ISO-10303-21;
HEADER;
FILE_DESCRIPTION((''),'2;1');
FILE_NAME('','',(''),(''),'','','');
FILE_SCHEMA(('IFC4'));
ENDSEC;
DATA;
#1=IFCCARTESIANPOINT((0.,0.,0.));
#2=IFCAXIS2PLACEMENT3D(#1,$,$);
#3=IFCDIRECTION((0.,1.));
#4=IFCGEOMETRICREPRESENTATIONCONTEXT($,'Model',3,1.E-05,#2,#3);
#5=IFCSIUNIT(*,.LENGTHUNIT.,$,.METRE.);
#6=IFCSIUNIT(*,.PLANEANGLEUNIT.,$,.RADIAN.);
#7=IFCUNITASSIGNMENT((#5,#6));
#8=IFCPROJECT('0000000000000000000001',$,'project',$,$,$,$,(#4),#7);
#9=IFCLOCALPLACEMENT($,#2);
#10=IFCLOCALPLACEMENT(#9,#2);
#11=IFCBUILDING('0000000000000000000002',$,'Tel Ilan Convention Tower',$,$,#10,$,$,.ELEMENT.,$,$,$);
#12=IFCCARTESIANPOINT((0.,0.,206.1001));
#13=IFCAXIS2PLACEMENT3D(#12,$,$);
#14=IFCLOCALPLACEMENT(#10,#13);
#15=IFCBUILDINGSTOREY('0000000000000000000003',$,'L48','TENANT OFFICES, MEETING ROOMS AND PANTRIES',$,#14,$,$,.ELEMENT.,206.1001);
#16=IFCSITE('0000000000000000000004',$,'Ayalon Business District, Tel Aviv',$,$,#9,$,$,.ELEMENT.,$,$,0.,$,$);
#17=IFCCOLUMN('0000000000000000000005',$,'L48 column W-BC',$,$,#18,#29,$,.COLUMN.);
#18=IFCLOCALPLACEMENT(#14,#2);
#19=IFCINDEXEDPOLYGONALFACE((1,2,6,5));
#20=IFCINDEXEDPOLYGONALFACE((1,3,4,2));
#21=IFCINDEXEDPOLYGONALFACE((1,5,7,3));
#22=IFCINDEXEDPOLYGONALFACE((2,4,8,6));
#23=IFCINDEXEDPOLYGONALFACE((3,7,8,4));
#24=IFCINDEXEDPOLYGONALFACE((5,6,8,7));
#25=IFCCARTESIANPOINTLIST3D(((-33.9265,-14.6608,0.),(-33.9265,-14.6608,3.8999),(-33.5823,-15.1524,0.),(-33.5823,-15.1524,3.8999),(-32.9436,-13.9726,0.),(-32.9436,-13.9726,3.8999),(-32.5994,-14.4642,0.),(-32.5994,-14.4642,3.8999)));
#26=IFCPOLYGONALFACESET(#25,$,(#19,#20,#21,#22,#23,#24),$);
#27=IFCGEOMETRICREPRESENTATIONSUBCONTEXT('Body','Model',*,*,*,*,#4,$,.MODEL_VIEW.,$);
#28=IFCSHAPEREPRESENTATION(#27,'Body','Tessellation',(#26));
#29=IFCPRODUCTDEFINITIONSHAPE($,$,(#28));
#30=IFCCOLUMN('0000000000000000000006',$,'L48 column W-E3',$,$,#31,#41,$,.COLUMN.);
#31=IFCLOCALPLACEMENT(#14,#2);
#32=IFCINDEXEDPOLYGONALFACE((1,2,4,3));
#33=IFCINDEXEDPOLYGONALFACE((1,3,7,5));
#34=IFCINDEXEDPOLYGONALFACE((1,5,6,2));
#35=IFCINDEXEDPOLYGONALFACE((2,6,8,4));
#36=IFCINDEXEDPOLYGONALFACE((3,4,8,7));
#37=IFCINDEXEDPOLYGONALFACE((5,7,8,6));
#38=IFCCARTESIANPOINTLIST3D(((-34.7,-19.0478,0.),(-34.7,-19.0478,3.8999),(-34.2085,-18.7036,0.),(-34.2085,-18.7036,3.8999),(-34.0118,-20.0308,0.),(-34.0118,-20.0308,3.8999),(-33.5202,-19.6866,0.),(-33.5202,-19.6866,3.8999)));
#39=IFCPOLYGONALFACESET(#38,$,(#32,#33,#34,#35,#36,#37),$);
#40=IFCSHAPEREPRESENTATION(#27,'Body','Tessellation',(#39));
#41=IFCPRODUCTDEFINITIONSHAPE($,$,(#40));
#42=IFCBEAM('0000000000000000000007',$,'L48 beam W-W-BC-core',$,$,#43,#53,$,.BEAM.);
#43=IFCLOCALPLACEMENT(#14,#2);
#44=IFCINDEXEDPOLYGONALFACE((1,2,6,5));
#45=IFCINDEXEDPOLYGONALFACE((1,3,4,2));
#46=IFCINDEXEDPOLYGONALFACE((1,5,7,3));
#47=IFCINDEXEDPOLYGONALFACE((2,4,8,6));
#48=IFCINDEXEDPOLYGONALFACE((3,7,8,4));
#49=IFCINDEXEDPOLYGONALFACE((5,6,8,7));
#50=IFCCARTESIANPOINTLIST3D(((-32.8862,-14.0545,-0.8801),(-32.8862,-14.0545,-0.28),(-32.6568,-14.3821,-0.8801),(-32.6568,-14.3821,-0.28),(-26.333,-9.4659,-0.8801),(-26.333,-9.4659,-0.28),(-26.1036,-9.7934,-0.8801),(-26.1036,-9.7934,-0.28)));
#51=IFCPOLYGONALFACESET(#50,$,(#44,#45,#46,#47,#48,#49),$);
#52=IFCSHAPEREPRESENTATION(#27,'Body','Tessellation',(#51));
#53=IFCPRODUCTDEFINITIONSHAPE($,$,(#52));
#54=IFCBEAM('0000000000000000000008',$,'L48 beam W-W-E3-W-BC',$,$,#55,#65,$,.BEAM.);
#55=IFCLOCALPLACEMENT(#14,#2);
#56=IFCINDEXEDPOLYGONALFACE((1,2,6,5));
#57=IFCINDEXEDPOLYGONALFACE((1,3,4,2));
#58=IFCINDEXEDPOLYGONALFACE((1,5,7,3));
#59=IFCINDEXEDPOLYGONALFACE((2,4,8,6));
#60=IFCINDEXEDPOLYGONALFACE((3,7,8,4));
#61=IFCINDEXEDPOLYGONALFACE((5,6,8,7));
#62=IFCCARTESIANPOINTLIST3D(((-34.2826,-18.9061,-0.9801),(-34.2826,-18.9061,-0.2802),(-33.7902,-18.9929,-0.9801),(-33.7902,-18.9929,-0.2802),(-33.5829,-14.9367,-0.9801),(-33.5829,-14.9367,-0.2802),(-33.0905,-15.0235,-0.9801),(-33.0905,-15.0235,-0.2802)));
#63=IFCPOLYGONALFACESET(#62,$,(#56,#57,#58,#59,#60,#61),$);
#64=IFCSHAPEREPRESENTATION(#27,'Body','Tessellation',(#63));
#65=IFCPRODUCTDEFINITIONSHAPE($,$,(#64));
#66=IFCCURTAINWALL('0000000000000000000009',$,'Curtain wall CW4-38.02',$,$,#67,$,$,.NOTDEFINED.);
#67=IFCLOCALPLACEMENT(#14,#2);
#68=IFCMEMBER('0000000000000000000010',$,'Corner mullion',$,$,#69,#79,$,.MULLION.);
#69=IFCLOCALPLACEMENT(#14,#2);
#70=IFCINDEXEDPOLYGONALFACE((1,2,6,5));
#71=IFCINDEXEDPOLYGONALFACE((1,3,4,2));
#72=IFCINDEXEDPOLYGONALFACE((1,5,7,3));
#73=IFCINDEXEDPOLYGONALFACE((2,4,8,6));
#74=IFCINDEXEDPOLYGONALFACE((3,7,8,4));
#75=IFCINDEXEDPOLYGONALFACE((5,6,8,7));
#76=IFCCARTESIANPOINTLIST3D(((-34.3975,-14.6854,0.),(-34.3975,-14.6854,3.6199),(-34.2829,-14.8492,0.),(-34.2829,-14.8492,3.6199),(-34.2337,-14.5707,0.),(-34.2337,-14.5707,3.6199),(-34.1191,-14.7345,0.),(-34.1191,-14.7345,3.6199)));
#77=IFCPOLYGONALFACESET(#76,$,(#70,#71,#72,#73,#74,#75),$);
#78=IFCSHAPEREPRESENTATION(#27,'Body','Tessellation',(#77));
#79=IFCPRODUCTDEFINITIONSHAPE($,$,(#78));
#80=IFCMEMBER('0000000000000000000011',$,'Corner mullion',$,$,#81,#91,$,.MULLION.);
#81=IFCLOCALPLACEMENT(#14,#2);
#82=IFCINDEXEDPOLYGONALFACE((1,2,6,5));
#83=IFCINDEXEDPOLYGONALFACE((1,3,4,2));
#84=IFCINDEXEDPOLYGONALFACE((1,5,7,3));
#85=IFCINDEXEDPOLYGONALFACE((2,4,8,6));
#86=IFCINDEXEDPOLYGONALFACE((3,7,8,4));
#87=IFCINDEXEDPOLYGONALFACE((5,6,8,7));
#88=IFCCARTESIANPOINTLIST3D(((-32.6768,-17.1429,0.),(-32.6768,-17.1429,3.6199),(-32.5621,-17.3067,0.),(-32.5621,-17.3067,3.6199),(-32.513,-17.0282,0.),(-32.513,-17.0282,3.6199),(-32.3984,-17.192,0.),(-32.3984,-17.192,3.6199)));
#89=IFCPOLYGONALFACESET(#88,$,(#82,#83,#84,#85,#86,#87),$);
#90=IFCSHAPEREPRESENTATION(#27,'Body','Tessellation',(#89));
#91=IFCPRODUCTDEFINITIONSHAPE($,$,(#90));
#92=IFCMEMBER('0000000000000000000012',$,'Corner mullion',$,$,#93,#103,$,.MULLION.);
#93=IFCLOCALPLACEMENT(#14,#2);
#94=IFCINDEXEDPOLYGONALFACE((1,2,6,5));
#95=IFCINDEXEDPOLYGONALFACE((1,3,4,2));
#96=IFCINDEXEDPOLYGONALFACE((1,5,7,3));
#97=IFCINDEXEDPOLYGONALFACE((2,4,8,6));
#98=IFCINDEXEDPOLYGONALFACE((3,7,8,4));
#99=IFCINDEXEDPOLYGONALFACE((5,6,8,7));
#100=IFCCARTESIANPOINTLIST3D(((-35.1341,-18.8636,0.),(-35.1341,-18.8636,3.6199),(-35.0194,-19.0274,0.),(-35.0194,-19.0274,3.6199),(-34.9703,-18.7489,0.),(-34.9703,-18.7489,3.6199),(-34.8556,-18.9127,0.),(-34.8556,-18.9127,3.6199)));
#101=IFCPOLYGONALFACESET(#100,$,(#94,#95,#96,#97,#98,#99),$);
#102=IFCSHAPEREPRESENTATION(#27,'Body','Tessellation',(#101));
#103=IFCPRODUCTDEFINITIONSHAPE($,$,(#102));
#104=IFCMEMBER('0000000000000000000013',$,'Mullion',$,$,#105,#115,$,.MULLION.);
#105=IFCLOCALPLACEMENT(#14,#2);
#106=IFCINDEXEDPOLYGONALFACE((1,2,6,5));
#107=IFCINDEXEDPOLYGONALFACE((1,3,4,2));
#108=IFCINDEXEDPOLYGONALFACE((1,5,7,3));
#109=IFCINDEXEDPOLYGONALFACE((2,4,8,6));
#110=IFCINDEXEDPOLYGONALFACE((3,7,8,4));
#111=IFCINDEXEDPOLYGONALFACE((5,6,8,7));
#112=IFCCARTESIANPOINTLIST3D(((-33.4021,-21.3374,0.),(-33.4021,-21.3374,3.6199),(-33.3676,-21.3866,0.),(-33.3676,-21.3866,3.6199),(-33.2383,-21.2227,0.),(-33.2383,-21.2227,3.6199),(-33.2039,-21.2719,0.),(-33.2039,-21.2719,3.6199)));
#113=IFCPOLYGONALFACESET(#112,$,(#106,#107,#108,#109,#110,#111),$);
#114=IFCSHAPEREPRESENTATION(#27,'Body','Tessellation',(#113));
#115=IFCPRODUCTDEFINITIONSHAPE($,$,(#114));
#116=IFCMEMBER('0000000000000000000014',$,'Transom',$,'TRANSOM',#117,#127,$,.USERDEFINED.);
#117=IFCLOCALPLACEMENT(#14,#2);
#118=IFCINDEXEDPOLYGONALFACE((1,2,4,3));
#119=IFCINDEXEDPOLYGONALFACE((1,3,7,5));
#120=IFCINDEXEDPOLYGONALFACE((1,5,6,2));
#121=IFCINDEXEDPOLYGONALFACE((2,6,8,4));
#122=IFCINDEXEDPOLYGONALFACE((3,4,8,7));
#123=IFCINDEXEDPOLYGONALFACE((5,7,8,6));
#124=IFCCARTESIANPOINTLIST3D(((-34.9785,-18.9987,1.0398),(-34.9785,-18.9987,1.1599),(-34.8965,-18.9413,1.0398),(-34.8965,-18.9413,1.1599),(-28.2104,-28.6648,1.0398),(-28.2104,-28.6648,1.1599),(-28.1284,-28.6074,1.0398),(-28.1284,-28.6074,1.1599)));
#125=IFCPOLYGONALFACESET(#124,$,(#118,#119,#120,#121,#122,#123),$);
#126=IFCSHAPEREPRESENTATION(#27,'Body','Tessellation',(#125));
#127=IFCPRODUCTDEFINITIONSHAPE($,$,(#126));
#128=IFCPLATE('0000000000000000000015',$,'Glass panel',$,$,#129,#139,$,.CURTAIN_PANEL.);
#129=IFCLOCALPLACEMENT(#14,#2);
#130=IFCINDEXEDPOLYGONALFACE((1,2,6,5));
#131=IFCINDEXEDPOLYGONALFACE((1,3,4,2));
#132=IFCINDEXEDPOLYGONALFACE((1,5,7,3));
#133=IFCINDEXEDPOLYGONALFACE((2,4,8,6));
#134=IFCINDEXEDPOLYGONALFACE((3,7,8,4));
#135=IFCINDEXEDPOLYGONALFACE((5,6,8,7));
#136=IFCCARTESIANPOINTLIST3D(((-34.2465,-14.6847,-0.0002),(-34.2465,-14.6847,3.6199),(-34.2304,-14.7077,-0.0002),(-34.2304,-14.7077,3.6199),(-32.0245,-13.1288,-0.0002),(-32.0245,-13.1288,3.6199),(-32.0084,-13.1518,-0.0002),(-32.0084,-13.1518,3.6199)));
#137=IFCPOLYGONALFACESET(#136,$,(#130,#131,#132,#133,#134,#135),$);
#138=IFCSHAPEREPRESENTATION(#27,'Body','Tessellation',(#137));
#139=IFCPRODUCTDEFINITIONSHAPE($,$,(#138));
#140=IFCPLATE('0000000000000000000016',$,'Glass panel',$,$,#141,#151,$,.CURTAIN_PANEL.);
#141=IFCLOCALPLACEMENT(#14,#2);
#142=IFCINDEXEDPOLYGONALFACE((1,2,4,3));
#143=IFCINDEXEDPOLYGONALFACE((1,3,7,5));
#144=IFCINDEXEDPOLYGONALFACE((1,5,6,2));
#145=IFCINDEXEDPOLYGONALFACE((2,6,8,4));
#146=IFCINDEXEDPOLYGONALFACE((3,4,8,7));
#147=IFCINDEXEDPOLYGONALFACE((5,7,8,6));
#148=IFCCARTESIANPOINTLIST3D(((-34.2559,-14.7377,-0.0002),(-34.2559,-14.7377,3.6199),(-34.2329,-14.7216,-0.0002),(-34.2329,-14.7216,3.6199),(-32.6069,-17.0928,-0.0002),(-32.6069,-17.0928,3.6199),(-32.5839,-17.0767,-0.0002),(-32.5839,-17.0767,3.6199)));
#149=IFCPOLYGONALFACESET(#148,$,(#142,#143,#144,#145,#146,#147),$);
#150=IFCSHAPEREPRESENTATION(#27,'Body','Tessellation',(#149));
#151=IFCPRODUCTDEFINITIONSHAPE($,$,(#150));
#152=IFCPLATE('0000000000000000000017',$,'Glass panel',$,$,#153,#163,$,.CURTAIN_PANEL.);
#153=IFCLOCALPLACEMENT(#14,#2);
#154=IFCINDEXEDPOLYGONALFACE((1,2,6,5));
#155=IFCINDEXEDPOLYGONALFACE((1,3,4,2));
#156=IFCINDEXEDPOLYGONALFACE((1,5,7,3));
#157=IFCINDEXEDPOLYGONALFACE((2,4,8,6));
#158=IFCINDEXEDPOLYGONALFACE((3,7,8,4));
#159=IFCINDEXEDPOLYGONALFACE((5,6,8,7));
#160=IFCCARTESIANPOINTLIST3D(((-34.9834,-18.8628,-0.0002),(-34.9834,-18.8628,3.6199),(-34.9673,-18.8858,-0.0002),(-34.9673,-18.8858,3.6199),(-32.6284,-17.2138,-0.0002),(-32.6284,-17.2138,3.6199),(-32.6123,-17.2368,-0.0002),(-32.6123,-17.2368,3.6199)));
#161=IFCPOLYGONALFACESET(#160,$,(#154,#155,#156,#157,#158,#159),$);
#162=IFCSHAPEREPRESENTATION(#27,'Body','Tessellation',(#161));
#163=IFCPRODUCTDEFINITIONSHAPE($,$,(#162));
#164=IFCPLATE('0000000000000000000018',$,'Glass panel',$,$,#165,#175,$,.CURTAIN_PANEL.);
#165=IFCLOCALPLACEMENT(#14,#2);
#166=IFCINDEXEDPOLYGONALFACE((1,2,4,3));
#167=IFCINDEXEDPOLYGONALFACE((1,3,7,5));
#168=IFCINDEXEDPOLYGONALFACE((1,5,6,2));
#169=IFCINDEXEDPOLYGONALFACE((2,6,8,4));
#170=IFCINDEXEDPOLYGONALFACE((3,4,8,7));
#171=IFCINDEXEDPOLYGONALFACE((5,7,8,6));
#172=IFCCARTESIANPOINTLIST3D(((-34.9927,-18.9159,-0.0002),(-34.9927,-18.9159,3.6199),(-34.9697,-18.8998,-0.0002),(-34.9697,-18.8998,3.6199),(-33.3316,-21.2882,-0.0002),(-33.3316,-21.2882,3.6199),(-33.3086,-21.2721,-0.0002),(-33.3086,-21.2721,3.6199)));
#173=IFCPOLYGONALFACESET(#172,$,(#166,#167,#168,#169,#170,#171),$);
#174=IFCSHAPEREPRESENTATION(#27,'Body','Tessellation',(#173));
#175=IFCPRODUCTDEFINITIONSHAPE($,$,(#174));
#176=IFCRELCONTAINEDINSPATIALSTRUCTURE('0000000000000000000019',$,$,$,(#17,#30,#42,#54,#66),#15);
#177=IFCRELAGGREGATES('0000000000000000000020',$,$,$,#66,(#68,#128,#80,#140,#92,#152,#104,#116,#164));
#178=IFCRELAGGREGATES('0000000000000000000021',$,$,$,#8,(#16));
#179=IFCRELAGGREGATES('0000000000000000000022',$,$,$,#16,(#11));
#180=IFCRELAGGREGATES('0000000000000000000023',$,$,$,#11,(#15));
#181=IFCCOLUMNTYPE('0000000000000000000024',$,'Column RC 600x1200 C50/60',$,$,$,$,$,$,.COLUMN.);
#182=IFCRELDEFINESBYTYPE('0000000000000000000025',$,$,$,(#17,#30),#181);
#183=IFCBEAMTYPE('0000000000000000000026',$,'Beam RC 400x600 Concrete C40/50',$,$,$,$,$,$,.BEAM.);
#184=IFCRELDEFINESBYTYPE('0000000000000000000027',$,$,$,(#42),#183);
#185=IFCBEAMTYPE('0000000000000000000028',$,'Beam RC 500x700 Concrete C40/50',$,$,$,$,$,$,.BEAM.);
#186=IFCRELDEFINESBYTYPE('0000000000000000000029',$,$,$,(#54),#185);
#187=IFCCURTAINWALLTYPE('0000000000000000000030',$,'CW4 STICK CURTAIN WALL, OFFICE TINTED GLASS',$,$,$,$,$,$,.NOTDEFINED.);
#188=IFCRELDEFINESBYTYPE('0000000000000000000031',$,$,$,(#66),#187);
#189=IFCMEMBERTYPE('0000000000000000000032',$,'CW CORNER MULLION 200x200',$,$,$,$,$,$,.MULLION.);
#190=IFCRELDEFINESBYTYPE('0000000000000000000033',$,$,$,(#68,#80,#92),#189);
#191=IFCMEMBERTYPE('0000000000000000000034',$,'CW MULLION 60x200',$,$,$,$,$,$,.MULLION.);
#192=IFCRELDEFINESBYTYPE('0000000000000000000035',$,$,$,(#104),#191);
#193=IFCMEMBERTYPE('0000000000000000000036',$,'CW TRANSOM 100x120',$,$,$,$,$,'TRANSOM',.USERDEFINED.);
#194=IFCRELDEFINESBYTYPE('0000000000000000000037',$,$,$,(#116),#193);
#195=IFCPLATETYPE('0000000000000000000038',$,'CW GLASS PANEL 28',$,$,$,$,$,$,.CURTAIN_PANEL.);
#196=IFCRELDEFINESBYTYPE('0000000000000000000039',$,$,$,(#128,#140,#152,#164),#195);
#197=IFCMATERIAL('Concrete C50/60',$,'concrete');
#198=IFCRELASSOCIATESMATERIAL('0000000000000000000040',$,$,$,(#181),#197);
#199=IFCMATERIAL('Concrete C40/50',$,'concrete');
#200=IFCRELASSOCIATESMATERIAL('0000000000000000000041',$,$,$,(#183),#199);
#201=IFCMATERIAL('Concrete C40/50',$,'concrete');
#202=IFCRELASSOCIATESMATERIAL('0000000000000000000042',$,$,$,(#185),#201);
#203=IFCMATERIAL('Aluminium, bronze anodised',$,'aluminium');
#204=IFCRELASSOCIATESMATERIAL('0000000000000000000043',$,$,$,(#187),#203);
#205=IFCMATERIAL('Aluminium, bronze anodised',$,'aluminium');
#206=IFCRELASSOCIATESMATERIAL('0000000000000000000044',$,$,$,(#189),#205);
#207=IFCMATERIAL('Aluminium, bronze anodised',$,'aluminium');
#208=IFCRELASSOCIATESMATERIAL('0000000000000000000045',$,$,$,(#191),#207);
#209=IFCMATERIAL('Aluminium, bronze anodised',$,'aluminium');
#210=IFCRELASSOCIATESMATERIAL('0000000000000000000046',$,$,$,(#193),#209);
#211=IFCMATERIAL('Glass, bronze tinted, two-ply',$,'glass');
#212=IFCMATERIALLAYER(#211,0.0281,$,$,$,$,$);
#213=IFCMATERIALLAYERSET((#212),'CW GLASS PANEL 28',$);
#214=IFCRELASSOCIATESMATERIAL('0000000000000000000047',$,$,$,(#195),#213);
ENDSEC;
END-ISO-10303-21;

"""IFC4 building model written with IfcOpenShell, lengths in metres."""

from ifc_helpers import new_model, si_unit, direction, frame, origin, origin_2d, place, context, subcontext, project, spatial, rectangle, extrude, material, layer, layer_set, material_profile, profile_set, type_object, element, aggregate, save


model = new_model("IFC4")

# Units and contexts
model_context = context("Model", 3, precision=1e-05, world=origin(), true_north=direction((0.0, 1.0)))
body_context = subcontext(model_context, "Body", "Model", "MODEL_VIEW")
ifc_project = project(units=[si_unit("LENGTHUNIT", "METRE"), si_unit("PLANEANGLEUNIT", "RADIAN")], contexts=[model_context])

# Site, building, storey
site_placement = place(None, origin())
site = spatial("IfcSite", under=ifc_project, at=site_placement, Name="Ayalon Business District, Tel Aviv", CompositionType="ELEMENT", RefElevation=0.0)
building_placement = place(site_placement, origin())
building = spatial("IfcBuilding", under=site, at=building_placement, Name="Tel Ilan Convention Tower", CompositionType="ELEMENT")
storey_placement = place(building_placement, frame((0.0, 0.0, 206.1001)))
storey = spatial("IfcBuildingStorey", under=building, at=storey_placement, Name="L48", Description="TENANT OFFICES, MEETING ROOMS AND PANTRIES", CompositionType="ELEMENT", Elevation=206.1001)

# Columns
ifc_material_1 = material(Name="Concrete C50/60", Category="concrete")
ifc_material_profile_1 = material_profile(ifc_material_1, rectangle(XDim=1.2, YDim=0.6001, at=origin_2d()), Name="RC 600x1200")
ifc_profile_set_1 = profile_set([ifc_material_profile_1], Name="Concrete C50/60")
column_type = type_object("IfcColumnType", Name="Column RC 600x1200 C50/60", PredefinedType="COLUMN", material=ifc_profile_set_1)
for number, where, z_axis, x_axis, name in (
    (1, (-33.2629, -14.5625, 0.0), (0.0, 0.0, 1.0), (-0.819152, -0.573576, 0.0), "L48 column W-BC"),
    (2, (-34.1101, -19.3672, 0.0), (0.0, 0.0, 1.0), (-0.573576, 0.819152, 0.0), "L48 column W-E3"),
):
    element("IfcColumn", number, at=place(storey_placement, frame(where, z_axis=z_axis, x_axis=x_axis)), inside=storey, type_object=column_type, Name=name, PredefinedType="COLUMN", context=body_context, shape_type="SweptSolid", body=[
        extrude(rectangle(XDim=1.2, YDim=0.6001, at=origin_2d()), origin(), (0.0, 0.0, 1.0), 3.8999),
    ])

# Beams
ifc_material_2 = material(Name="Concrete C40/50", Category="concrete")
ifc_material_profile_2 = material_profile(ifc_material_2, rectangle(XDim=0.3999, YDim=0.6001, at=origin_2d()), Name="RC 400x600")
ifc_profile_set_2 = profile_set([ifc_material_profile_2], Name="Concrete C40/50")
beam_type_1 = type_object("IfcBeamType", Name="Beam RC 400x600 Concrete C40/50", PredefinedType="BEAM", material=ifc_profile_set_2)
beam_1_placement = place(storey_placement, frame((-32.7715, -14.2183, -0.5801), z_axis=(0.819152, 0.573577, 0.0), x_axis=(-0.573577, 0.819152, 0.0)))
element("IfcBeam", 3, at=beam_1_placement, inside=storey, type_object=beam_type_1, Name="L48 beam W-W-BC-core", PredefinedType="BEAM", context=body_context, shape_type="SweptSolid", body=[
    extrude(rectangle(XDim=0.3999, YDim=0.6001, at=origin_2d()), origin(), (0.0, 0.0, 1.0), 8.0),
])
ifc_material_3 = material(Name="Concrete C40/50", Category="concrete")
ifc_material_profile_3 = material_profile(ifc_material_3, rectangle(XDim=0.5, YDim=0.7, at=origin_2d()), Name="RC 500x700")
ifc_profile_set_3 = profile_set([ifc_material_profile_3], Name="Concrete C40/50")
beam_type_2 = type_object("IfcBeamType", Name="Beam RC 500x700 Concrete C40/50", PredefinedType="BEAM", material=ifc_profile_set_3)
beam_2_placement = place(storey_placement, frame((-34.0364, -18.9495, -0.6301), z_axis=(0.173606, 0.984815, 0.0), x_axis=(-0.984815, 0.173606, 0.0)))
element("IfcBeam", 4, at=beam_2_placement, inside=storey, type_object=beam_type_2, Name="L48 beam W-W-E3-W-BC", PredefinedType="BEAM", context=body_context, shape_type="SweptSolid", body=[
    extrude(rectangle(XDim=0.5, YDim=0.7, at=origin_2d()), origin(), (0.0, 0.0, 1.0), 4.0305),
])

# Curtain wall, members, plates
ifc_material_4 = material(Name="Aluminium, bronze anodised", Category="aluminium")
curtain_wall_type = type_object("IfcCurtainWallType", Name="CW4 STICK CURTAIN WALL, OFFICE TINTED GLASS", PredefinedType="NOTDEFINED", material=ifc_material_4)
curtain_wall_placement = place(storey_placement, origin())
curtain_wall = element("IfcCurtainWall", 5, at=curtain_wall_placement, inside=storey, type_object=curtain_wall_type, Name="Curtain wall CW4-38.02", PredefinedType="NOTDEFINED")
ifc_material_5 = material(Name="Aluminium, bronze anodised", Category="aluminium")
ifc_material_profile_4 = material_profile(ifc_material_5, rectangle(XDim=0.2, YDim=0.2, at=origin_2d()), Name="CW CORNER MULLION 200x200")
ifc_profile_set_4 = profile_set([ifc_material_profile_4], Name="Aluminium, bronze anodised")
member_type_1 = type_object("IfcMemberType", Name="CW CORNER MULLION 200x200", PredefinedType="MULLION", material=ifc_profile_set_4)
member_1_placement = place(storey_placement, frame((-34.2583, -14.71, 0.0), z_axis=(0.0, 0.0, 1.0), x_axis=(-0.819152, -0.573576, 0.0)))
member_1 = element("IfcMember", 6, at=member_1_placement, type_object=member_type_1, Name="Corner mullion", PredefinedType="MULLION", context=body_context, shape_type="SweptSolid", body=[
    extrude(rectangle(XDim=0.2, YDim=0.2, at=origin_2d()), origin(), (0.0, 0.0, 1.0), 3.6199),
])
member_2_placement = place(storey_placement, frame((-32.5376, -17.1675, 0.0), z_axis=(0.0, 0.0, 1.0), x_axis=(0.573576, -0.819152, 0.0)))
member_2 = element("IfcMember", 7, at=member_2_placement, type_object=member_type_1, Name="Corner mullion", PredefinedType="MULLION", context=body_context, shape_type="SweptSolid", body=[
    extrude(rectangle(XDim=0.2, YDim=0.2, at=origin_2d()), origin(), (0.0, 0.0, 1.0), 3.6199),
])
member_3_placement = place(storey_placement, frame((-34.9949, -18.8882, 0.0), z_axis=(0.0, 0.0, 1.0), x_axis=(-0.819152, -0.573576, 0.0)))
member_3 = element("IfcMember", 8, at=member_3_placement, type_object=member_type_1, Name="Corner mullion", PredefinedType="MULLION", context=body_context, shape_type="SweptSolid", body=[
    extrude(rectangle(XDim=0.2, YDim=0.2, at=origin_2d()), origin(), (0.0, 0.0, 1.0), 3.6199),
])
ifc_material_6 = material(Name="Aluminium, bronze anodised", Category="aluminium")
ifc_material_profile_5 = material_profile(ifc_material_6, rectangle(XDim=0.0601, YDim=0.2, at=origin_2d()), Name="CW MULLION 60x200")
ifc_profile_set_5 = profile_set([ifc_material_profile_5], Name="Aluminium, bronze anodised")
member_type_2 = type_object("IfcMemberType", Name="CW MULLION 60x200", PredefinedType="MULLION", material=ifc_profile_set_5)
member_4_placement = place(storey_placement, frame((-33.303, -21.3047, 0.0), z_axis=(0.0, 0.0, 1.0), x_axis=(0.573576, -0.819152, 0.0)))
member_4 = element("IfcMember", 9, at=member_4_placement, type_object=member_type_2, Name="Mullion", PredefinedType="MULLION", context=body_context, shape_type="SweptSolid", body=[
    extrude(rectangle(XDim=0.0601, YDim=0.2, at=origin_2d()), origin(), (0.0, 0.0, 1.0), 3.6199),
])
ifc_material_7 = material(Name="Aluminium, bronze anodised", Category="aluminium")
ifc_material_profile_6 = material_profile(ifc_material_7, rectangle(XDim=0.1001, YDim=0.1201, at=origin_2d()), Name="CW TRANSOM 100x120")
ifc_profile_set_6 = profile_set([ifc_material_profile_6], Name="Aluminium, bronze anodised")
member_type_3 = type_object("IfcMemberType", Name="CW TRANSOM 100x120", ElementType="TRANSOM", PredefinedType="USERDEFINED", material=ifc_profile_set_6)
member_5_placement = place(storey_placement, frame((-34.9375, -18.97, 1.0999), z_axis=(0.573568, -0.819158, 0.0), x_axis=(0.819158, 0.573568, 0.0)))
member_5 = element("IfcMember", 10, at=member_5_placement, type_object=member_type_3, Name="Transom", ObjectType="TRANSOM", PredefinedType="USERDEFINED", context=body_context, shape_type="SweptSolid", body=[
    extrude(rectangle(XDim=0.1001, YDim=0.1201, at=origin_2d()), origin(), (0.0, 0.0, 1.0), 11.8),
])
ifc_material_8 = material(Name="Glass, bronze tinted, two-ply", Category="glass")
ifc_layer_1 = layer(ifc_material_8, 0.0281)
ifc_layer_set_1 = layer_set([ifc_layer_1], Name="CW GLASS PANEL 28")
plate_type = type_object("IfcPlateType", Name="CW GLASS PANEL 28", PredefinedType="CURTAIN_PANEL", material=ifc_layer_set_1)
plate_1_placement = place(storey_placement, frame((-33.1274, -13.9182, -0.0002), z_axis=(0.0, 0.0, 1.0), x_axis=(-0.819152, -0.573576, 0.0)))
plate_1 = element("IfcPlate", 11, at=plate_1_placement, type_object=plate_type, Name="Glass panel", PredefinedType="CURTAIN_PANEL", context=body_context, shape_type="SweptSolid", body=[
    extrude(rectangle(XDim=2.7126, YDim=0.0281, at=origin_2d()), origin(), (0.0, 0.0, 1.0), 3.6201),
])
plate_2_placement = place(storey_placement, frame((-33.4199, -15.9072, -0.0002), z_axis=(0.0, 0.0, 1.0), x_axis=(0.573576, -0.819152, 0.0)))
plate_2 = element("IfcPlate", 12, at=plate_2_placement, type_object=plate_type, Name="Glass panel", PredefinedType="CURTAIN_PANEL", context=body_context, shape_type="SweptSolid", body=[
    extrude(rectangle(XDim=2.875, YDim=0.0281, at=origin_2d()), origin(), (0.0, 0.0, 1.0), 3.6201),
])
plate_3_placement = place(storey_placement, frame((-33.7979, -18.0498, -0.0002), z_axis=(0.0, 0.0, 1.0), x_axis=(-0.819152, -0.573576, 0.0)))
plate_3 = element("IfcPlate", 13, at=plate_3_placement, type_object=plate_type, Name="Glass panel", PredefinedType="CURTAIN_PANEL", context=body_context, shape_type="SweptSolid", body=[
    extrude(rectangle(XDim=2.875, YDim=0.0281, at=origin_2d()), origin(), (0.0, 0.0, 1.0), 3.6201),
])
plate_4_placement = place(storey_placement, frame((-34.1506, -20.094, -0.0002), z_axis=(0.0, 0.0, 1.0), x_axis=(0.573576, -0.819152, 0.0)))
plate_4 = element("IfcPlate", 14, at=plate_4_placement, type_object=plate_type, Name="Glass panel", PredefinedType="CURTAIN_PANEL", context=body_context, shape_type="SweptSolid", body=[
    extrude(rectangle(XDim=2.896, YDim=0.0281, at=origin_2d()), origin(), (0.0, 0.0, 1.0), 3.6201),
])
aggregate(curtain_wall, [member_1, plate_1, member_2, plate_2, member_3, plate_3, member_4, member_5, plate_4])

save(model, "model.ifc")
